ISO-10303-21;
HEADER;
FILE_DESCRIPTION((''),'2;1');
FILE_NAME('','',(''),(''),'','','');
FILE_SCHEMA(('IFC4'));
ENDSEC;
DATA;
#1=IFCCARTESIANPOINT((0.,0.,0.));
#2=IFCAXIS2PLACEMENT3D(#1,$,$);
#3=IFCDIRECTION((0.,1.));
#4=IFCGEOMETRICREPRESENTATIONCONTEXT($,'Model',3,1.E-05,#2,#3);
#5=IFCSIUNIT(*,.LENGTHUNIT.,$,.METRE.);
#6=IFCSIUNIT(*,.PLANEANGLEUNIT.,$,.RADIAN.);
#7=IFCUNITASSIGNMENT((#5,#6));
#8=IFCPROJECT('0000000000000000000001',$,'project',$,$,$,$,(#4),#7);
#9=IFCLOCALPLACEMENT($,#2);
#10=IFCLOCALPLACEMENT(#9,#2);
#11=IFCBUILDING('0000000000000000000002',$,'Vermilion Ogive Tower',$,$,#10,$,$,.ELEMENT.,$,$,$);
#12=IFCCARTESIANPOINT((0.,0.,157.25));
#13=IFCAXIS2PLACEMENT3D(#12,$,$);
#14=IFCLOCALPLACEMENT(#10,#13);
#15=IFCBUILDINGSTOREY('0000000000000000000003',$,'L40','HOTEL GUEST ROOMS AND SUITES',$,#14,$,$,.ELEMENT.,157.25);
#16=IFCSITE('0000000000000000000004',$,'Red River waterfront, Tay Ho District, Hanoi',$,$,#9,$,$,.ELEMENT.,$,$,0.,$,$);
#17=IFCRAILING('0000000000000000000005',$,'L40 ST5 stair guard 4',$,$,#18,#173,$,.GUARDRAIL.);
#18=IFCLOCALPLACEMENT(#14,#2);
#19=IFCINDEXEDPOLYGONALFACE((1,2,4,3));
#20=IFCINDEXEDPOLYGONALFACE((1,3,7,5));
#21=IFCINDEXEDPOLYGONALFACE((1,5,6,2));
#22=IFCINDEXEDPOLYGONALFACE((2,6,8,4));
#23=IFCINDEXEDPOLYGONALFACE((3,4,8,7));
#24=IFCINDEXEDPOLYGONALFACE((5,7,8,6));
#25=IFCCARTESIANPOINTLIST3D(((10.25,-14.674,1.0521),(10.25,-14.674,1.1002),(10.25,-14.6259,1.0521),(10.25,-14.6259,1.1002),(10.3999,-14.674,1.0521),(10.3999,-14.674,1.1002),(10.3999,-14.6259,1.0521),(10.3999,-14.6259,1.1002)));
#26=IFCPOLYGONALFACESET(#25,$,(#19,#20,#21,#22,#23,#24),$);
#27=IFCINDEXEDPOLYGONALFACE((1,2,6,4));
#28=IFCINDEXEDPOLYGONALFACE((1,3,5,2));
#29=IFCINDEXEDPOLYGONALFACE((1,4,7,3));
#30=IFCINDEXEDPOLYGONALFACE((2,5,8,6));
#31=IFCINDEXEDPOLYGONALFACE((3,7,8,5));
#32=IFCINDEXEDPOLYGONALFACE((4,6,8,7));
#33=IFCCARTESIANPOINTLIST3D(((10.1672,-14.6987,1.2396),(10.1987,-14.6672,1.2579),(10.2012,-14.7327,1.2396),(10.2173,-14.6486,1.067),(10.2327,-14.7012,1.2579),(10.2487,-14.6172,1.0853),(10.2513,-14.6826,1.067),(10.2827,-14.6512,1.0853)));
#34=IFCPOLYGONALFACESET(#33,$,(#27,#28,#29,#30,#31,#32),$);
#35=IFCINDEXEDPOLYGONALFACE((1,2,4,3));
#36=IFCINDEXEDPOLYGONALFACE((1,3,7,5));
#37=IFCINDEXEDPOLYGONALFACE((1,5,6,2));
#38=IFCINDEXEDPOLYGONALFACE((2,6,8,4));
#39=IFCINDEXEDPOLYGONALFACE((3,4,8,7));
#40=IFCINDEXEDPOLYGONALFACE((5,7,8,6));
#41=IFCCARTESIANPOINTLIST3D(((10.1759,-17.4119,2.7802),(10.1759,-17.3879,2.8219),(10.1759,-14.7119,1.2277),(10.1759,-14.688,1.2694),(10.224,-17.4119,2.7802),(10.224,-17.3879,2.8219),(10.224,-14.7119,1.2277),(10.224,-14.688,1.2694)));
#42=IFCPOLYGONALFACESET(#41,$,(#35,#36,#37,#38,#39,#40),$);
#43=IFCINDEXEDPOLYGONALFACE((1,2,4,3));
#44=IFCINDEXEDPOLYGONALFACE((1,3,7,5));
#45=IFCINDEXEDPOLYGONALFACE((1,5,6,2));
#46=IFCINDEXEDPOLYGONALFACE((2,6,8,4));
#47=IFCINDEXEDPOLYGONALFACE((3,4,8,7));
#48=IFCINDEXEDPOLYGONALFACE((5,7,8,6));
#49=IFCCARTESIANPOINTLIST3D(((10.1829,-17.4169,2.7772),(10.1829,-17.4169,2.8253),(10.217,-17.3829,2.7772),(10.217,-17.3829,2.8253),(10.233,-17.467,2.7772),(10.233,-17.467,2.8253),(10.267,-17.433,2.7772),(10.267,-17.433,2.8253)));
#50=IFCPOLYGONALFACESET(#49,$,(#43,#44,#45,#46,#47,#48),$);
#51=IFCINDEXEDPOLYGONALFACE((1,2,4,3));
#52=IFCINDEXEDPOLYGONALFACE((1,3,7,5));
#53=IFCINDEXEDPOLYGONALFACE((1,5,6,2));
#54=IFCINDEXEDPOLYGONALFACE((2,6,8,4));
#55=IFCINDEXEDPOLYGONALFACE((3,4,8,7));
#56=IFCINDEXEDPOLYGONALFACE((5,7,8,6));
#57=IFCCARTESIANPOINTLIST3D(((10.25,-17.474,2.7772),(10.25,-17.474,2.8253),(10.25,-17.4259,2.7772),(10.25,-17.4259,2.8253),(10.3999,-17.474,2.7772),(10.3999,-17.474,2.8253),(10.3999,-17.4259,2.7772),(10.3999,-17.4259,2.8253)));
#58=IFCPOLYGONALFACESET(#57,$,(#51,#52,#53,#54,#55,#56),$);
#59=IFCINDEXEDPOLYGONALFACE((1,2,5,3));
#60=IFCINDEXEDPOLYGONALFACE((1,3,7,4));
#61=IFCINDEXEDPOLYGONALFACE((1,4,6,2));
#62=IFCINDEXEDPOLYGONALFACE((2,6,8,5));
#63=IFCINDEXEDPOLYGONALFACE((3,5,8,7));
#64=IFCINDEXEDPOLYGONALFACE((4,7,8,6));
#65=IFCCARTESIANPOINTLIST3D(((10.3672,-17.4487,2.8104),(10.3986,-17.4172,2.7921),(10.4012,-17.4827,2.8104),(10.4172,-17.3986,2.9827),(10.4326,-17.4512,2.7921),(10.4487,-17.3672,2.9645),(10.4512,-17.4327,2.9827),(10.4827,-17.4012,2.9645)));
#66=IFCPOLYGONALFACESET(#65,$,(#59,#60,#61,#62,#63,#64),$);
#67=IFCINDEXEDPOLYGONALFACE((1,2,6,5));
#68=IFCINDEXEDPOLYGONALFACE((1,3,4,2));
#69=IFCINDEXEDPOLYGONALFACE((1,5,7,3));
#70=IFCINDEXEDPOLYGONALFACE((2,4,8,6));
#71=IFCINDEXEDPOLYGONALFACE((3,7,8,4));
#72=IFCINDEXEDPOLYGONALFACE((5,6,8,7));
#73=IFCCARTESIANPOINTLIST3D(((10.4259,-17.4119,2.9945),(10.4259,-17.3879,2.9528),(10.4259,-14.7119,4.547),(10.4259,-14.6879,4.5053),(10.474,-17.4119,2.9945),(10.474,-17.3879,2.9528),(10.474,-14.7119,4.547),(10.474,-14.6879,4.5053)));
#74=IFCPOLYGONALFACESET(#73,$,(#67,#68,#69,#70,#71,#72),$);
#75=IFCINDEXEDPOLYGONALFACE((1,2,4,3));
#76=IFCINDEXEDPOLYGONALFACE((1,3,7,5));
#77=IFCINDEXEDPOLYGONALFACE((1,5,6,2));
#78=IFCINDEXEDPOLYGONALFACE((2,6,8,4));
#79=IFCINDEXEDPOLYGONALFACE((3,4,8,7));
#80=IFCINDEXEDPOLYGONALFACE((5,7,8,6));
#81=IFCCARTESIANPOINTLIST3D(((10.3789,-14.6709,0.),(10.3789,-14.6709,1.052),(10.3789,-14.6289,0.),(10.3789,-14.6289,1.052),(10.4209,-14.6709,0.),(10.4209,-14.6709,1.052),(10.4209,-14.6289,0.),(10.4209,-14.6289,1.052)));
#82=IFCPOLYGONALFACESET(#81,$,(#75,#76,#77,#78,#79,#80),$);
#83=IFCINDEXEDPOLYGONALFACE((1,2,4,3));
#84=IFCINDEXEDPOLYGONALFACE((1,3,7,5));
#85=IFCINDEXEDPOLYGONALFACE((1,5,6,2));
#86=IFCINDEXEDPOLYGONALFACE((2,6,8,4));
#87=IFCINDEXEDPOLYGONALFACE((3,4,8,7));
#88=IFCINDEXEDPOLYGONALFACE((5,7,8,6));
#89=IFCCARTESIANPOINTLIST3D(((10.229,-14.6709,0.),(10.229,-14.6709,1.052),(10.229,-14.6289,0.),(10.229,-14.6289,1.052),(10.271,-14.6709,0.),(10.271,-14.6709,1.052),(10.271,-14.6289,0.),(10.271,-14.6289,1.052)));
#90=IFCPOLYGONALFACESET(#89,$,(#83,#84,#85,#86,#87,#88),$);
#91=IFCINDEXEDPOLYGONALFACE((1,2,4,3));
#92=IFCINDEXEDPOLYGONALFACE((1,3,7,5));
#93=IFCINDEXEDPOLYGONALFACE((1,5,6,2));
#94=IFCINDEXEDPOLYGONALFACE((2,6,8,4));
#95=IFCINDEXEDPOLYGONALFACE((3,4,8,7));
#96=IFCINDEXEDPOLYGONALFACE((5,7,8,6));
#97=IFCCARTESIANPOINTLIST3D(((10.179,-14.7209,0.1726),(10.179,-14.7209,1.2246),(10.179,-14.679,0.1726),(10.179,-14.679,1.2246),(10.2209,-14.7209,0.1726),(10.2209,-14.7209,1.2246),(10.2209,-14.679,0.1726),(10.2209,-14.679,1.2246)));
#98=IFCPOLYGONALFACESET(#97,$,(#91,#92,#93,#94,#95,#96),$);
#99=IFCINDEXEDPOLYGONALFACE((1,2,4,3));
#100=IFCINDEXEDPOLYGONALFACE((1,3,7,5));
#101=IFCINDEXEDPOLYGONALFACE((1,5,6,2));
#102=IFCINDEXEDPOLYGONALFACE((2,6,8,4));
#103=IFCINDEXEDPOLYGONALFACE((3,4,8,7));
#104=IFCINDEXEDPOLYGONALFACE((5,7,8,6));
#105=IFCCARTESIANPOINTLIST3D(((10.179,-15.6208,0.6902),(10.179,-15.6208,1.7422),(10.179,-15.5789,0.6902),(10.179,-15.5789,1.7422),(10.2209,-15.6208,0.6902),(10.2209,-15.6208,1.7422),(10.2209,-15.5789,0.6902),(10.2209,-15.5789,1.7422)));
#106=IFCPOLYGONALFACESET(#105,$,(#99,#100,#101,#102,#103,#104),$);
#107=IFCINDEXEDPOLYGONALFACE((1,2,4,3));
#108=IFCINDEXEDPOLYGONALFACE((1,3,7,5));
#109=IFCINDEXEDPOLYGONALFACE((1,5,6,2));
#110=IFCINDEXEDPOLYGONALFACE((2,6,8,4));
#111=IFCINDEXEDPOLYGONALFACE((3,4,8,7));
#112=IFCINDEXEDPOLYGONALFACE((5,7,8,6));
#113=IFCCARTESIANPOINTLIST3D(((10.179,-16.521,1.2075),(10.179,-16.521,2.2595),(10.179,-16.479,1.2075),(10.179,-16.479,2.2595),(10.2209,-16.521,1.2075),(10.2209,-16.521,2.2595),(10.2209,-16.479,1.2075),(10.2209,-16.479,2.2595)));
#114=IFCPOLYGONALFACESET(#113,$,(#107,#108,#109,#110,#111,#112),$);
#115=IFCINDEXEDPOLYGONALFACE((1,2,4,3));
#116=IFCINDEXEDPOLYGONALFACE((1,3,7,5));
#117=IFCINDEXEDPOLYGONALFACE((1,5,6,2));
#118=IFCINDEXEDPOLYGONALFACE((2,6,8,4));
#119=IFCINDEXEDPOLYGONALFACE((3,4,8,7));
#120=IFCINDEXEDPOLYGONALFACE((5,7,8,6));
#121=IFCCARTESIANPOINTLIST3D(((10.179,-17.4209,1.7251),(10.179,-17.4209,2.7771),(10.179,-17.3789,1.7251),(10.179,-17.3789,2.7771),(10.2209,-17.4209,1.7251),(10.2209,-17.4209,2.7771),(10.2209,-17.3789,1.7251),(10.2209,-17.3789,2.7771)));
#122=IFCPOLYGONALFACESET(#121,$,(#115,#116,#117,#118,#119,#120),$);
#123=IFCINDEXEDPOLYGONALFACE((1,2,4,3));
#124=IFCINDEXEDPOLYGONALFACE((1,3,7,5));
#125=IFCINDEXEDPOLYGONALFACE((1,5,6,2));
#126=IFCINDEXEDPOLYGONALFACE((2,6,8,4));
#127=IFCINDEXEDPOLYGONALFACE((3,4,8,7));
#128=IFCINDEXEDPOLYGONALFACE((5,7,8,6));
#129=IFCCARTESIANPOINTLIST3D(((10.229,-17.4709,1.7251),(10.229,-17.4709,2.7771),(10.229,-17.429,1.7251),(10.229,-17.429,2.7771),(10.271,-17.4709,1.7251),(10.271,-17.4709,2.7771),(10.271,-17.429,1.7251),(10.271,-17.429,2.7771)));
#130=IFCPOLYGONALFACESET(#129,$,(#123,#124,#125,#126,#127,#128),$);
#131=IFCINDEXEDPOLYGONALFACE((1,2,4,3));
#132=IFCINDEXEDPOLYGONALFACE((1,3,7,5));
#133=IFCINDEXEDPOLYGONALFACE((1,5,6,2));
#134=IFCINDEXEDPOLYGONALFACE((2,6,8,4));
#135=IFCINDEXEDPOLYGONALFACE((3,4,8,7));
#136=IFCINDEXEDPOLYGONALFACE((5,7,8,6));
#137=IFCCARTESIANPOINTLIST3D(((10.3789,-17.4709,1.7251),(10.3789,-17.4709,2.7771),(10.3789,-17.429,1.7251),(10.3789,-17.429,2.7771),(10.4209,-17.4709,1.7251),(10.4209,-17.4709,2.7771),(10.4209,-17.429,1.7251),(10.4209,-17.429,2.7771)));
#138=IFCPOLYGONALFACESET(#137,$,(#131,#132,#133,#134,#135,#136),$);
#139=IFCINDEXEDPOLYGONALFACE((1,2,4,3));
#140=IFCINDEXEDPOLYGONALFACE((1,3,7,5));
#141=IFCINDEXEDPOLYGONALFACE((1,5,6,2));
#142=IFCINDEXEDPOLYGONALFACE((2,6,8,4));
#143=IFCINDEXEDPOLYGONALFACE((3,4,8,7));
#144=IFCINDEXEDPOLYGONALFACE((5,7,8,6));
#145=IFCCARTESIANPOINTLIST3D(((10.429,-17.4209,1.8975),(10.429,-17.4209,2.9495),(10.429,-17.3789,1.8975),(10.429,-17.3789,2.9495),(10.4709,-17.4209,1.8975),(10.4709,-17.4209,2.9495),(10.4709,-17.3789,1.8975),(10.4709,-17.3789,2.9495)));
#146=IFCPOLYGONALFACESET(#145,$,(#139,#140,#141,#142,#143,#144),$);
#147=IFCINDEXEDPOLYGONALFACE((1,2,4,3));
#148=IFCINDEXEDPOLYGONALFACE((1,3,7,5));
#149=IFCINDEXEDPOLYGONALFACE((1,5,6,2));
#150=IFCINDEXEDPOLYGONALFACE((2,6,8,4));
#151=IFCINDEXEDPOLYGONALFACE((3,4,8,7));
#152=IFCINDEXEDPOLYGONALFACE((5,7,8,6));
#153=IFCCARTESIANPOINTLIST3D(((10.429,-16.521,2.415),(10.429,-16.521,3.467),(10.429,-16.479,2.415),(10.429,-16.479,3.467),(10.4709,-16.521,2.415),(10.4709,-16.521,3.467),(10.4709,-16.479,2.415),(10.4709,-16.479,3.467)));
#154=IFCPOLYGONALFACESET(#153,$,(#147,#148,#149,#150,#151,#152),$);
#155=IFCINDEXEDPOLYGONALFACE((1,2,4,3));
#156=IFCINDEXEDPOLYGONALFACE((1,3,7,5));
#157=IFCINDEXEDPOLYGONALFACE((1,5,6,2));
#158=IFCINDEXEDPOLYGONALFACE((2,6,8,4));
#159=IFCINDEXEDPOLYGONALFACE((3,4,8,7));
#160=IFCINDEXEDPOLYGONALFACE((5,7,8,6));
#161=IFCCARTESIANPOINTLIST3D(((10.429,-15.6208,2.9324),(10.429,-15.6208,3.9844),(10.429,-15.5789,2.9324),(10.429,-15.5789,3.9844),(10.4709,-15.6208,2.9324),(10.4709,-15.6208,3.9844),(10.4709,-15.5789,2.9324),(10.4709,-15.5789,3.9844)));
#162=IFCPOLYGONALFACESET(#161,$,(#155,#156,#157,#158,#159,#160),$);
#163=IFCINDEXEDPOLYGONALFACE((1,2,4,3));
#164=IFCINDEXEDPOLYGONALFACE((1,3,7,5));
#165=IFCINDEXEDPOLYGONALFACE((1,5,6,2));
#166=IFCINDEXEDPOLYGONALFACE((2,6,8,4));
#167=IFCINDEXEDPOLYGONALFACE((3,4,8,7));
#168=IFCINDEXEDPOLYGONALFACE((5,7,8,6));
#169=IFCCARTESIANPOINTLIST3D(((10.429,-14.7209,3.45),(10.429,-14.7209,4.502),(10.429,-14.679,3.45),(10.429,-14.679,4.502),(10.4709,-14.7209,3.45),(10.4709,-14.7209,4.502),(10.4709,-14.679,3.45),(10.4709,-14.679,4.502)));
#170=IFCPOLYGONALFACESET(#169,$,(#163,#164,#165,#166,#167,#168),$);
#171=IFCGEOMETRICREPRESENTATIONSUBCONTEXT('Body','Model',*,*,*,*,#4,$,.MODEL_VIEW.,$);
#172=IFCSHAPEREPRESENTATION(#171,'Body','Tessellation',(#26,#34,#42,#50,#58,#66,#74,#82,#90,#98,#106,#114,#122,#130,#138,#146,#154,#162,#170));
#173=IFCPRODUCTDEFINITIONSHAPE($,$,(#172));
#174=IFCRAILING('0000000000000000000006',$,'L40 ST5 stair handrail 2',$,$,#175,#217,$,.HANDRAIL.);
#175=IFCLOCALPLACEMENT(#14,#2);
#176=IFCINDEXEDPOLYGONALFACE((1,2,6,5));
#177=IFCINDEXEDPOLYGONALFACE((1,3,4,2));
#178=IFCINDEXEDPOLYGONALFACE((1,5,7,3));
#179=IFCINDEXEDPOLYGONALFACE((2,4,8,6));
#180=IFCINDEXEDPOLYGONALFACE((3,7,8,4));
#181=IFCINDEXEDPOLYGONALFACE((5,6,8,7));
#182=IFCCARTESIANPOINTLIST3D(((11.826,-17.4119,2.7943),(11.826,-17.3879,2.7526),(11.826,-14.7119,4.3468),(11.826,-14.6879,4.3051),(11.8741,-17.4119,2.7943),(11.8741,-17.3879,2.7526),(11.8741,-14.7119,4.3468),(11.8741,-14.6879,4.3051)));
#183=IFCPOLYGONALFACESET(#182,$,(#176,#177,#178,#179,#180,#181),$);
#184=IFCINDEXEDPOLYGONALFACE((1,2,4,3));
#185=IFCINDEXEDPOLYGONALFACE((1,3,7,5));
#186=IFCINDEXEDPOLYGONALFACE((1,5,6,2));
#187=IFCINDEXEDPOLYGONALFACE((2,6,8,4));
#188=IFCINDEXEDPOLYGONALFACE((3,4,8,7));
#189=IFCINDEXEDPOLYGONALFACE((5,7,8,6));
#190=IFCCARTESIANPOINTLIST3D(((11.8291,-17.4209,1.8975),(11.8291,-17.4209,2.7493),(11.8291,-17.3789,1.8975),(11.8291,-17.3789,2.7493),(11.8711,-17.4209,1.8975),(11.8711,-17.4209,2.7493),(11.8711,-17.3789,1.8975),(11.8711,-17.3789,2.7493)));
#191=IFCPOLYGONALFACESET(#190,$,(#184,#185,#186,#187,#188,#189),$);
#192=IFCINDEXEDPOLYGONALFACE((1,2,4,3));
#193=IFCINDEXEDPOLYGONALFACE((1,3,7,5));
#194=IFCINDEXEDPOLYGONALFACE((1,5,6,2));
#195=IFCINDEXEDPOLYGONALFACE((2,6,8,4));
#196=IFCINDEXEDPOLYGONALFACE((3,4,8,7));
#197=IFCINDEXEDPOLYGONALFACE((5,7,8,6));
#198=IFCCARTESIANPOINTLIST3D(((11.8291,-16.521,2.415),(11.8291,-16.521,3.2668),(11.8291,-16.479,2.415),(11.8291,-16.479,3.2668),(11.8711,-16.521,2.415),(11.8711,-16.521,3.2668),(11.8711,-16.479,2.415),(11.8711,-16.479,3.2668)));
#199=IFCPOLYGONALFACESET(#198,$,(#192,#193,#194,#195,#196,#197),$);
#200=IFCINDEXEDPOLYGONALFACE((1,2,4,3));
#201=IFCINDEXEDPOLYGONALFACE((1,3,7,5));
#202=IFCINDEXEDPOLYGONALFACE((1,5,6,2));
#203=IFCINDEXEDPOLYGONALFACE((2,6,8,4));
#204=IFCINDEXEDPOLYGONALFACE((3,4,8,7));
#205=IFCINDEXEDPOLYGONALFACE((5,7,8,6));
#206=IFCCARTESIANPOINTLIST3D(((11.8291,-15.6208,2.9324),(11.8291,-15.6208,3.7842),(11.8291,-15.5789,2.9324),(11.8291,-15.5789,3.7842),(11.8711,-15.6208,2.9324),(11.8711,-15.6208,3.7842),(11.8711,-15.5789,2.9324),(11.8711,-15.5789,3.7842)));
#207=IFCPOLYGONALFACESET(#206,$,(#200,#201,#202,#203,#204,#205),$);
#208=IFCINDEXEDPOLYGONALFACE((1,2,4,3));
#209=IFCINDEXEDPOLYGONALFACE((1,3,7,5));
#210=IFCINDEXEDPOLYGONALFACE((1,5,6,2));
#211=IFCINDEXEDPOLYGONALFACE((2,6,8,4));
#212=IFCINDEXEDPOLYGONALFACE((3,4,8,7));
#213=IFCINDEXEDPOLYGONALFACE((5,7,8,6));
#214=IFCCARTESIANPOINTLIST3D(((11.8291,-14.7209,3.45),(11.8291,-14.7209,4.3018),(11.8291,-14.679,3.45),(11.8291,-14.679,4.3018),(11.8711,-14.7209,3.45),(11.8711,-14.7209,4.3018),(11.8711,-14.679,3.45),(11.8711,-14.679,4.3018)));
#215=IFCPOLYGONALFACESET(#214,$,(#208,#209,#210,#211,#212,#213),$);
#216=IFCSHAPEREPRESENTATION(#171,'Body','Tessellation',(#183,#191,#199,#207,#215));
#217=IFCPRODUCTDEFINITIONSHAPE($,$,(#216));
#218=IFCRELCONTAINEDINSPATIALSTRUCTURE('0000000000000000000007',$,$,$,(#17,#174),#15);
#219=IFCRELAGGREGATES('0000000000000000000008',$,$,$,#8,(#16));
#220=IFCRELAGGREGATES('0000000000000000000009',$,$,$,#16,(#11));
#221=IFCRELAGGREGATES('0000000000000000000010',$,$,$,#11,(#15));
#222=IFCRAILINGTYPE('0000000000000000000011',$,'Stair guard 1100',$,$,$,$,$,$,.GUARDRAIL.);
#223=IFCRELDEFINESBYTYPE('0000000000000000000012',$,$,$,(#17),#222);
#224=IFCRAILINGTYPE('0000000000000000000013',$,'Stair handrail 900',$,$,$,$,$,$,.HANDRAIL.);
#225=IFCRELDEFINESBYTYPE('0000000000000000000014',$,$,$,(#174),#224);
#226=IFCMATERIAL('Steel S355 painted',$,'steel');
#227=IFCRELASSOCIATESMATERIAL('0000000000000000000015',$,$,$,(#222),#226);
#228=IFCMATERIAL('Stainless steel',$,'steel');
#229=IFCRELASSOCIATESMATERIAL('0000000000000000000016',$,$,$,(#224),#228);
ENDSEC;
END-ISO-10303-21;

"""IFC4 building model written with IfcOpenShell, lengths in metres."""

from ifc_helpers import new_model, si_unit, direction, frame, origin, origin_2d, place, context, subcontext, project, spatial, rectangle, extrude, material, type_object, element, save


model = new_model("IFC4")

# Units and contexts
model_context = context("Model", 3, precision=1e-05, world=origin(), true_north=direction((0.0, 1.0)))
body_context = subcontext(model_context, "Body", "Model", "MODEL_VIEW")
ifc_project = project(units=[si_unit("LENGTHUNIT", "METRE"), si_unit("PLANEANGLEUNIT", "RADIAN")], contexts=[model_context])

# Site, building, storey
site_placement = place(None, origin())
site = spatial("IfcSite", under=ifc_project, at=site_placement, Name="Red River waterfront, Tay Ho District, Hanoi", CompositionType="ELEMENT", RefElevation=0.0)
building_placement = place(site_placement, origin())
building = spatial("IfcBuilding", under=site, at=building_placement, Name="Vermilion Ogive Tower", CompositionType="ELEMENT")
storey_placement = place(building_placement, frame((0.0, 0.0, 157.25)))
storey = spatial("IfcBuildingStorey", under=building, at=storey_placement, Name="L40", Description="HOTEL GUEST ROOMS AND SUITES", CompositionType="ELEMENT", Elevation=157.25)

# Railings
ifc_material_1 = material(Name="Steel S355 painted", Category="steel")
railing_type_1 = type_object("IfcRailingType", Name="Stair guard 1100", PredefinedType="GUARDRAIL", material=ifc_material_1)
railing_1_placement = place(storey_placement, frame((10.3999, -14.6499, 0.0)))
element("IfcRailing", 1, at=railing_1_placement, inside=storey, type_object=railing_type_1, Name="L40 ST5 stair guard 4", PredefinedType="GUARDRAIL", context=body_context, shape_type="SweptSolid", body=[
    extrude(rectangle(XDim=0.0481, YDim=0.0481, at=origin_2d()), frame((0.0, 0.0, 1.0762), z_axis=(-1.0, 0.0, 0.0), x_axis=(0.0, -1.0, 0.0)), (0.0, 0.0, 1.0), 0.1499),
    extrude(rectangle(XDim=0.0481, YDim=0.0481, at=origin_2d()), frame((-0.1499, 0.0, 1.0762), z_axis=(-0.268278, -0.268278, 0.925232), x_axis=(0.707107, -0.707107, 0.0)), (0.0, 0.0, 1.0), 0.1865),
    extrude(rectangle(XDim=0.0481, YDim=0.0481, at=origin_2d()), frame((-0.2, -0.05, 1.2485), z_axis=(0.0, -0.866904, 0.498476), x_axis=(1.0, 0.0, 0.0)), (0.0, 0.0, 1.0), 3.1145),
    extrude(rectangle(XDim=0.0481, YDim=0.0481, at=origin_2d()), frame((-0.2, -2.75, 2.8013), z_axis=(0.707107, -0.707107, 0.0), x_axis=(0.707107, 0.707107, 0.0)), (0.0, 0.0, 1.0), 0.0708),
    extrude(rectangle(XDim=0.0481, YDim=0.0481, at=origin_2d()), frame((-0.1499, -2.8, 2.8013), z_axis=(1.0, 0.0, 0.0), x_axis=(0.0, 1.0, 0.0)), (0.0, 0.0, 1.0), 0.1499),
    extrude(rectangle(XDim=0.0481, YDim=0.0481, at=origin_2d()), frame((0.0, -2.8, 2.8013), z_axis=(0.268603, 0.268603, 0.925043), x_axis=(-0.707107, 0.707107, 0.0)), (0.0, 0.0, 1.0), 0.1863),
    extrude(rectangle(XDim=0.0481, YDim=0.0481, at=origin_2d()), frame((0.05, -2.75, 2.9736), z_axis=(0.0, 0.866904, 0.498476), x_axis=(-1.0, 0.0, 0.0)), (0.0, 0.0, 1.0), 3.1145),
    extrude(rectangle(XDim=0.042, YDim=0.042, at=origin_2d()), origin(), (0.0, 0.0, 1.0), 1.052),
    extrude(rectangle(XDim=0.042, YDim=0.042, at=origin_2d()), frame((-0.1499, 0.0, 0.0)), (0.0, 0.0, 1.0), 1.052),
    extrude(rectangle(XDim=0.042, YDim=0.042, at=origin_2d()), frame((-0.2, -0.05, 0.1726)), (0.0, 0.0, 1.0), 1.052),
    extrude(rectangle(XDim=0.042, YDim=0.042, at=origin_2d()), frame((-0.2, -0.95, 0.6902)), (0.0, 0.0, 1.0), 1.052),
    extrude(rectangle(XDim=0.042, YDim=0.042, at=origin_2d()), frame((-0.2, -1.8501, 1.2075)), (0.0, 0.0, 1.0), 1.052),
    extrude(rectangle(XDim=0.042, YDim=0.042, at=origin_2d()), frame((-0.2, -2.75, 1.7251)), (0.0, 0.0, 1.0), 1.052),
    extrude(rectangle(XDim=0.042, YDim=0.042, at=origin_2d()), frame((-0.1499, -2.8, 1.7251)), (0.0, 0.0, 1.0), 1.052),
    extrude(rectangle(XDim=0.042, YDim=0.042, at=origin_2d()), frame((0.0, -2.8, 1.7251)), (0.0, 0.0, 1.0), 1.052),
    extrude(rectangle(XDim=0.042, YDim=0.042, at=origin_2d()), frame((0.05, -2.75, 1.8975)), (0.0, 0.0, 1.0), 1.052),
    extrude(rectangle(XDim=0.042, YDim=0.042, at=origin_2d()), frame((0.05, -1.8501, 2.415)), (0.0, 0.0, 1.0), 1.052),
    extrude(rectangle(XDim=0.042, YDim=0.042, at=origin_2d()), frame((0.05, -0.95, 2.9324)), (0.0, 0.0, 1.0), 1.052),
    extrude(rectangle(XDim=0.042, YDim=0.042, at=origin_2d()), frame((0.05, -0.05, 3.45)), (0.0, 0.0, 1.0), 1.052),
])
ifc_material_2 = material(Name="Stainless steel", Category="steel")
railing_type_2 = type_object("IfcRailingType", Name="Stair handrail 900", PredefinedType="HANDRAIL", material=ifc_material_2)
railing_2_placement = place(storey_placement, frame((11.8501, -17.3999, 1.8975)))
element("IfcRailing", 2, at=railing_2_placement, inside=storey, type_object=railing_type_2, Name="L40 ST5 stair handrail 2", PredefinedType="HANDRAIL", context=body_context, shape_type="SweptSolid", body=[
    extrude(rectangle(XDim=0.0481, YDim=0.0481, at=origin_2d()), frame((0.0, 0.0, 0.876), z_axis=(0.0, 0.866904, 0.498476), x_axis=(-1.0, 0.0, 0.0)), (0.0, 0.0, 1.0), 3.1145),
    extrude(rectangle(XDim=0.042, YDim=0.042, at=origin_2d()), origin(), (0.0, 0.0, 1.0), 0.8518),
    extrude(rectangle(XDim=0.042, YDim=0.042, at=origin_2d()), frame((0.0, 0.8999, 0.5176)), (0.0, 0.0, 1.0), 0.8518),
    extrude(rectangle(XDim=0.042, YDim=0.042, at=origin_2d()), frame((0.0, 1.8, 1.0349)), (0.0, 0.0, 1.0), 0.8518),
    extrude(rectangle(XDim=0.042, YDim=0.042, at=origin_2d()), frame((0.0, 2.7, 1.5525)), (0.0, 0.0, 1.0), 0.8518),
])

save(model, "model.ifc")
